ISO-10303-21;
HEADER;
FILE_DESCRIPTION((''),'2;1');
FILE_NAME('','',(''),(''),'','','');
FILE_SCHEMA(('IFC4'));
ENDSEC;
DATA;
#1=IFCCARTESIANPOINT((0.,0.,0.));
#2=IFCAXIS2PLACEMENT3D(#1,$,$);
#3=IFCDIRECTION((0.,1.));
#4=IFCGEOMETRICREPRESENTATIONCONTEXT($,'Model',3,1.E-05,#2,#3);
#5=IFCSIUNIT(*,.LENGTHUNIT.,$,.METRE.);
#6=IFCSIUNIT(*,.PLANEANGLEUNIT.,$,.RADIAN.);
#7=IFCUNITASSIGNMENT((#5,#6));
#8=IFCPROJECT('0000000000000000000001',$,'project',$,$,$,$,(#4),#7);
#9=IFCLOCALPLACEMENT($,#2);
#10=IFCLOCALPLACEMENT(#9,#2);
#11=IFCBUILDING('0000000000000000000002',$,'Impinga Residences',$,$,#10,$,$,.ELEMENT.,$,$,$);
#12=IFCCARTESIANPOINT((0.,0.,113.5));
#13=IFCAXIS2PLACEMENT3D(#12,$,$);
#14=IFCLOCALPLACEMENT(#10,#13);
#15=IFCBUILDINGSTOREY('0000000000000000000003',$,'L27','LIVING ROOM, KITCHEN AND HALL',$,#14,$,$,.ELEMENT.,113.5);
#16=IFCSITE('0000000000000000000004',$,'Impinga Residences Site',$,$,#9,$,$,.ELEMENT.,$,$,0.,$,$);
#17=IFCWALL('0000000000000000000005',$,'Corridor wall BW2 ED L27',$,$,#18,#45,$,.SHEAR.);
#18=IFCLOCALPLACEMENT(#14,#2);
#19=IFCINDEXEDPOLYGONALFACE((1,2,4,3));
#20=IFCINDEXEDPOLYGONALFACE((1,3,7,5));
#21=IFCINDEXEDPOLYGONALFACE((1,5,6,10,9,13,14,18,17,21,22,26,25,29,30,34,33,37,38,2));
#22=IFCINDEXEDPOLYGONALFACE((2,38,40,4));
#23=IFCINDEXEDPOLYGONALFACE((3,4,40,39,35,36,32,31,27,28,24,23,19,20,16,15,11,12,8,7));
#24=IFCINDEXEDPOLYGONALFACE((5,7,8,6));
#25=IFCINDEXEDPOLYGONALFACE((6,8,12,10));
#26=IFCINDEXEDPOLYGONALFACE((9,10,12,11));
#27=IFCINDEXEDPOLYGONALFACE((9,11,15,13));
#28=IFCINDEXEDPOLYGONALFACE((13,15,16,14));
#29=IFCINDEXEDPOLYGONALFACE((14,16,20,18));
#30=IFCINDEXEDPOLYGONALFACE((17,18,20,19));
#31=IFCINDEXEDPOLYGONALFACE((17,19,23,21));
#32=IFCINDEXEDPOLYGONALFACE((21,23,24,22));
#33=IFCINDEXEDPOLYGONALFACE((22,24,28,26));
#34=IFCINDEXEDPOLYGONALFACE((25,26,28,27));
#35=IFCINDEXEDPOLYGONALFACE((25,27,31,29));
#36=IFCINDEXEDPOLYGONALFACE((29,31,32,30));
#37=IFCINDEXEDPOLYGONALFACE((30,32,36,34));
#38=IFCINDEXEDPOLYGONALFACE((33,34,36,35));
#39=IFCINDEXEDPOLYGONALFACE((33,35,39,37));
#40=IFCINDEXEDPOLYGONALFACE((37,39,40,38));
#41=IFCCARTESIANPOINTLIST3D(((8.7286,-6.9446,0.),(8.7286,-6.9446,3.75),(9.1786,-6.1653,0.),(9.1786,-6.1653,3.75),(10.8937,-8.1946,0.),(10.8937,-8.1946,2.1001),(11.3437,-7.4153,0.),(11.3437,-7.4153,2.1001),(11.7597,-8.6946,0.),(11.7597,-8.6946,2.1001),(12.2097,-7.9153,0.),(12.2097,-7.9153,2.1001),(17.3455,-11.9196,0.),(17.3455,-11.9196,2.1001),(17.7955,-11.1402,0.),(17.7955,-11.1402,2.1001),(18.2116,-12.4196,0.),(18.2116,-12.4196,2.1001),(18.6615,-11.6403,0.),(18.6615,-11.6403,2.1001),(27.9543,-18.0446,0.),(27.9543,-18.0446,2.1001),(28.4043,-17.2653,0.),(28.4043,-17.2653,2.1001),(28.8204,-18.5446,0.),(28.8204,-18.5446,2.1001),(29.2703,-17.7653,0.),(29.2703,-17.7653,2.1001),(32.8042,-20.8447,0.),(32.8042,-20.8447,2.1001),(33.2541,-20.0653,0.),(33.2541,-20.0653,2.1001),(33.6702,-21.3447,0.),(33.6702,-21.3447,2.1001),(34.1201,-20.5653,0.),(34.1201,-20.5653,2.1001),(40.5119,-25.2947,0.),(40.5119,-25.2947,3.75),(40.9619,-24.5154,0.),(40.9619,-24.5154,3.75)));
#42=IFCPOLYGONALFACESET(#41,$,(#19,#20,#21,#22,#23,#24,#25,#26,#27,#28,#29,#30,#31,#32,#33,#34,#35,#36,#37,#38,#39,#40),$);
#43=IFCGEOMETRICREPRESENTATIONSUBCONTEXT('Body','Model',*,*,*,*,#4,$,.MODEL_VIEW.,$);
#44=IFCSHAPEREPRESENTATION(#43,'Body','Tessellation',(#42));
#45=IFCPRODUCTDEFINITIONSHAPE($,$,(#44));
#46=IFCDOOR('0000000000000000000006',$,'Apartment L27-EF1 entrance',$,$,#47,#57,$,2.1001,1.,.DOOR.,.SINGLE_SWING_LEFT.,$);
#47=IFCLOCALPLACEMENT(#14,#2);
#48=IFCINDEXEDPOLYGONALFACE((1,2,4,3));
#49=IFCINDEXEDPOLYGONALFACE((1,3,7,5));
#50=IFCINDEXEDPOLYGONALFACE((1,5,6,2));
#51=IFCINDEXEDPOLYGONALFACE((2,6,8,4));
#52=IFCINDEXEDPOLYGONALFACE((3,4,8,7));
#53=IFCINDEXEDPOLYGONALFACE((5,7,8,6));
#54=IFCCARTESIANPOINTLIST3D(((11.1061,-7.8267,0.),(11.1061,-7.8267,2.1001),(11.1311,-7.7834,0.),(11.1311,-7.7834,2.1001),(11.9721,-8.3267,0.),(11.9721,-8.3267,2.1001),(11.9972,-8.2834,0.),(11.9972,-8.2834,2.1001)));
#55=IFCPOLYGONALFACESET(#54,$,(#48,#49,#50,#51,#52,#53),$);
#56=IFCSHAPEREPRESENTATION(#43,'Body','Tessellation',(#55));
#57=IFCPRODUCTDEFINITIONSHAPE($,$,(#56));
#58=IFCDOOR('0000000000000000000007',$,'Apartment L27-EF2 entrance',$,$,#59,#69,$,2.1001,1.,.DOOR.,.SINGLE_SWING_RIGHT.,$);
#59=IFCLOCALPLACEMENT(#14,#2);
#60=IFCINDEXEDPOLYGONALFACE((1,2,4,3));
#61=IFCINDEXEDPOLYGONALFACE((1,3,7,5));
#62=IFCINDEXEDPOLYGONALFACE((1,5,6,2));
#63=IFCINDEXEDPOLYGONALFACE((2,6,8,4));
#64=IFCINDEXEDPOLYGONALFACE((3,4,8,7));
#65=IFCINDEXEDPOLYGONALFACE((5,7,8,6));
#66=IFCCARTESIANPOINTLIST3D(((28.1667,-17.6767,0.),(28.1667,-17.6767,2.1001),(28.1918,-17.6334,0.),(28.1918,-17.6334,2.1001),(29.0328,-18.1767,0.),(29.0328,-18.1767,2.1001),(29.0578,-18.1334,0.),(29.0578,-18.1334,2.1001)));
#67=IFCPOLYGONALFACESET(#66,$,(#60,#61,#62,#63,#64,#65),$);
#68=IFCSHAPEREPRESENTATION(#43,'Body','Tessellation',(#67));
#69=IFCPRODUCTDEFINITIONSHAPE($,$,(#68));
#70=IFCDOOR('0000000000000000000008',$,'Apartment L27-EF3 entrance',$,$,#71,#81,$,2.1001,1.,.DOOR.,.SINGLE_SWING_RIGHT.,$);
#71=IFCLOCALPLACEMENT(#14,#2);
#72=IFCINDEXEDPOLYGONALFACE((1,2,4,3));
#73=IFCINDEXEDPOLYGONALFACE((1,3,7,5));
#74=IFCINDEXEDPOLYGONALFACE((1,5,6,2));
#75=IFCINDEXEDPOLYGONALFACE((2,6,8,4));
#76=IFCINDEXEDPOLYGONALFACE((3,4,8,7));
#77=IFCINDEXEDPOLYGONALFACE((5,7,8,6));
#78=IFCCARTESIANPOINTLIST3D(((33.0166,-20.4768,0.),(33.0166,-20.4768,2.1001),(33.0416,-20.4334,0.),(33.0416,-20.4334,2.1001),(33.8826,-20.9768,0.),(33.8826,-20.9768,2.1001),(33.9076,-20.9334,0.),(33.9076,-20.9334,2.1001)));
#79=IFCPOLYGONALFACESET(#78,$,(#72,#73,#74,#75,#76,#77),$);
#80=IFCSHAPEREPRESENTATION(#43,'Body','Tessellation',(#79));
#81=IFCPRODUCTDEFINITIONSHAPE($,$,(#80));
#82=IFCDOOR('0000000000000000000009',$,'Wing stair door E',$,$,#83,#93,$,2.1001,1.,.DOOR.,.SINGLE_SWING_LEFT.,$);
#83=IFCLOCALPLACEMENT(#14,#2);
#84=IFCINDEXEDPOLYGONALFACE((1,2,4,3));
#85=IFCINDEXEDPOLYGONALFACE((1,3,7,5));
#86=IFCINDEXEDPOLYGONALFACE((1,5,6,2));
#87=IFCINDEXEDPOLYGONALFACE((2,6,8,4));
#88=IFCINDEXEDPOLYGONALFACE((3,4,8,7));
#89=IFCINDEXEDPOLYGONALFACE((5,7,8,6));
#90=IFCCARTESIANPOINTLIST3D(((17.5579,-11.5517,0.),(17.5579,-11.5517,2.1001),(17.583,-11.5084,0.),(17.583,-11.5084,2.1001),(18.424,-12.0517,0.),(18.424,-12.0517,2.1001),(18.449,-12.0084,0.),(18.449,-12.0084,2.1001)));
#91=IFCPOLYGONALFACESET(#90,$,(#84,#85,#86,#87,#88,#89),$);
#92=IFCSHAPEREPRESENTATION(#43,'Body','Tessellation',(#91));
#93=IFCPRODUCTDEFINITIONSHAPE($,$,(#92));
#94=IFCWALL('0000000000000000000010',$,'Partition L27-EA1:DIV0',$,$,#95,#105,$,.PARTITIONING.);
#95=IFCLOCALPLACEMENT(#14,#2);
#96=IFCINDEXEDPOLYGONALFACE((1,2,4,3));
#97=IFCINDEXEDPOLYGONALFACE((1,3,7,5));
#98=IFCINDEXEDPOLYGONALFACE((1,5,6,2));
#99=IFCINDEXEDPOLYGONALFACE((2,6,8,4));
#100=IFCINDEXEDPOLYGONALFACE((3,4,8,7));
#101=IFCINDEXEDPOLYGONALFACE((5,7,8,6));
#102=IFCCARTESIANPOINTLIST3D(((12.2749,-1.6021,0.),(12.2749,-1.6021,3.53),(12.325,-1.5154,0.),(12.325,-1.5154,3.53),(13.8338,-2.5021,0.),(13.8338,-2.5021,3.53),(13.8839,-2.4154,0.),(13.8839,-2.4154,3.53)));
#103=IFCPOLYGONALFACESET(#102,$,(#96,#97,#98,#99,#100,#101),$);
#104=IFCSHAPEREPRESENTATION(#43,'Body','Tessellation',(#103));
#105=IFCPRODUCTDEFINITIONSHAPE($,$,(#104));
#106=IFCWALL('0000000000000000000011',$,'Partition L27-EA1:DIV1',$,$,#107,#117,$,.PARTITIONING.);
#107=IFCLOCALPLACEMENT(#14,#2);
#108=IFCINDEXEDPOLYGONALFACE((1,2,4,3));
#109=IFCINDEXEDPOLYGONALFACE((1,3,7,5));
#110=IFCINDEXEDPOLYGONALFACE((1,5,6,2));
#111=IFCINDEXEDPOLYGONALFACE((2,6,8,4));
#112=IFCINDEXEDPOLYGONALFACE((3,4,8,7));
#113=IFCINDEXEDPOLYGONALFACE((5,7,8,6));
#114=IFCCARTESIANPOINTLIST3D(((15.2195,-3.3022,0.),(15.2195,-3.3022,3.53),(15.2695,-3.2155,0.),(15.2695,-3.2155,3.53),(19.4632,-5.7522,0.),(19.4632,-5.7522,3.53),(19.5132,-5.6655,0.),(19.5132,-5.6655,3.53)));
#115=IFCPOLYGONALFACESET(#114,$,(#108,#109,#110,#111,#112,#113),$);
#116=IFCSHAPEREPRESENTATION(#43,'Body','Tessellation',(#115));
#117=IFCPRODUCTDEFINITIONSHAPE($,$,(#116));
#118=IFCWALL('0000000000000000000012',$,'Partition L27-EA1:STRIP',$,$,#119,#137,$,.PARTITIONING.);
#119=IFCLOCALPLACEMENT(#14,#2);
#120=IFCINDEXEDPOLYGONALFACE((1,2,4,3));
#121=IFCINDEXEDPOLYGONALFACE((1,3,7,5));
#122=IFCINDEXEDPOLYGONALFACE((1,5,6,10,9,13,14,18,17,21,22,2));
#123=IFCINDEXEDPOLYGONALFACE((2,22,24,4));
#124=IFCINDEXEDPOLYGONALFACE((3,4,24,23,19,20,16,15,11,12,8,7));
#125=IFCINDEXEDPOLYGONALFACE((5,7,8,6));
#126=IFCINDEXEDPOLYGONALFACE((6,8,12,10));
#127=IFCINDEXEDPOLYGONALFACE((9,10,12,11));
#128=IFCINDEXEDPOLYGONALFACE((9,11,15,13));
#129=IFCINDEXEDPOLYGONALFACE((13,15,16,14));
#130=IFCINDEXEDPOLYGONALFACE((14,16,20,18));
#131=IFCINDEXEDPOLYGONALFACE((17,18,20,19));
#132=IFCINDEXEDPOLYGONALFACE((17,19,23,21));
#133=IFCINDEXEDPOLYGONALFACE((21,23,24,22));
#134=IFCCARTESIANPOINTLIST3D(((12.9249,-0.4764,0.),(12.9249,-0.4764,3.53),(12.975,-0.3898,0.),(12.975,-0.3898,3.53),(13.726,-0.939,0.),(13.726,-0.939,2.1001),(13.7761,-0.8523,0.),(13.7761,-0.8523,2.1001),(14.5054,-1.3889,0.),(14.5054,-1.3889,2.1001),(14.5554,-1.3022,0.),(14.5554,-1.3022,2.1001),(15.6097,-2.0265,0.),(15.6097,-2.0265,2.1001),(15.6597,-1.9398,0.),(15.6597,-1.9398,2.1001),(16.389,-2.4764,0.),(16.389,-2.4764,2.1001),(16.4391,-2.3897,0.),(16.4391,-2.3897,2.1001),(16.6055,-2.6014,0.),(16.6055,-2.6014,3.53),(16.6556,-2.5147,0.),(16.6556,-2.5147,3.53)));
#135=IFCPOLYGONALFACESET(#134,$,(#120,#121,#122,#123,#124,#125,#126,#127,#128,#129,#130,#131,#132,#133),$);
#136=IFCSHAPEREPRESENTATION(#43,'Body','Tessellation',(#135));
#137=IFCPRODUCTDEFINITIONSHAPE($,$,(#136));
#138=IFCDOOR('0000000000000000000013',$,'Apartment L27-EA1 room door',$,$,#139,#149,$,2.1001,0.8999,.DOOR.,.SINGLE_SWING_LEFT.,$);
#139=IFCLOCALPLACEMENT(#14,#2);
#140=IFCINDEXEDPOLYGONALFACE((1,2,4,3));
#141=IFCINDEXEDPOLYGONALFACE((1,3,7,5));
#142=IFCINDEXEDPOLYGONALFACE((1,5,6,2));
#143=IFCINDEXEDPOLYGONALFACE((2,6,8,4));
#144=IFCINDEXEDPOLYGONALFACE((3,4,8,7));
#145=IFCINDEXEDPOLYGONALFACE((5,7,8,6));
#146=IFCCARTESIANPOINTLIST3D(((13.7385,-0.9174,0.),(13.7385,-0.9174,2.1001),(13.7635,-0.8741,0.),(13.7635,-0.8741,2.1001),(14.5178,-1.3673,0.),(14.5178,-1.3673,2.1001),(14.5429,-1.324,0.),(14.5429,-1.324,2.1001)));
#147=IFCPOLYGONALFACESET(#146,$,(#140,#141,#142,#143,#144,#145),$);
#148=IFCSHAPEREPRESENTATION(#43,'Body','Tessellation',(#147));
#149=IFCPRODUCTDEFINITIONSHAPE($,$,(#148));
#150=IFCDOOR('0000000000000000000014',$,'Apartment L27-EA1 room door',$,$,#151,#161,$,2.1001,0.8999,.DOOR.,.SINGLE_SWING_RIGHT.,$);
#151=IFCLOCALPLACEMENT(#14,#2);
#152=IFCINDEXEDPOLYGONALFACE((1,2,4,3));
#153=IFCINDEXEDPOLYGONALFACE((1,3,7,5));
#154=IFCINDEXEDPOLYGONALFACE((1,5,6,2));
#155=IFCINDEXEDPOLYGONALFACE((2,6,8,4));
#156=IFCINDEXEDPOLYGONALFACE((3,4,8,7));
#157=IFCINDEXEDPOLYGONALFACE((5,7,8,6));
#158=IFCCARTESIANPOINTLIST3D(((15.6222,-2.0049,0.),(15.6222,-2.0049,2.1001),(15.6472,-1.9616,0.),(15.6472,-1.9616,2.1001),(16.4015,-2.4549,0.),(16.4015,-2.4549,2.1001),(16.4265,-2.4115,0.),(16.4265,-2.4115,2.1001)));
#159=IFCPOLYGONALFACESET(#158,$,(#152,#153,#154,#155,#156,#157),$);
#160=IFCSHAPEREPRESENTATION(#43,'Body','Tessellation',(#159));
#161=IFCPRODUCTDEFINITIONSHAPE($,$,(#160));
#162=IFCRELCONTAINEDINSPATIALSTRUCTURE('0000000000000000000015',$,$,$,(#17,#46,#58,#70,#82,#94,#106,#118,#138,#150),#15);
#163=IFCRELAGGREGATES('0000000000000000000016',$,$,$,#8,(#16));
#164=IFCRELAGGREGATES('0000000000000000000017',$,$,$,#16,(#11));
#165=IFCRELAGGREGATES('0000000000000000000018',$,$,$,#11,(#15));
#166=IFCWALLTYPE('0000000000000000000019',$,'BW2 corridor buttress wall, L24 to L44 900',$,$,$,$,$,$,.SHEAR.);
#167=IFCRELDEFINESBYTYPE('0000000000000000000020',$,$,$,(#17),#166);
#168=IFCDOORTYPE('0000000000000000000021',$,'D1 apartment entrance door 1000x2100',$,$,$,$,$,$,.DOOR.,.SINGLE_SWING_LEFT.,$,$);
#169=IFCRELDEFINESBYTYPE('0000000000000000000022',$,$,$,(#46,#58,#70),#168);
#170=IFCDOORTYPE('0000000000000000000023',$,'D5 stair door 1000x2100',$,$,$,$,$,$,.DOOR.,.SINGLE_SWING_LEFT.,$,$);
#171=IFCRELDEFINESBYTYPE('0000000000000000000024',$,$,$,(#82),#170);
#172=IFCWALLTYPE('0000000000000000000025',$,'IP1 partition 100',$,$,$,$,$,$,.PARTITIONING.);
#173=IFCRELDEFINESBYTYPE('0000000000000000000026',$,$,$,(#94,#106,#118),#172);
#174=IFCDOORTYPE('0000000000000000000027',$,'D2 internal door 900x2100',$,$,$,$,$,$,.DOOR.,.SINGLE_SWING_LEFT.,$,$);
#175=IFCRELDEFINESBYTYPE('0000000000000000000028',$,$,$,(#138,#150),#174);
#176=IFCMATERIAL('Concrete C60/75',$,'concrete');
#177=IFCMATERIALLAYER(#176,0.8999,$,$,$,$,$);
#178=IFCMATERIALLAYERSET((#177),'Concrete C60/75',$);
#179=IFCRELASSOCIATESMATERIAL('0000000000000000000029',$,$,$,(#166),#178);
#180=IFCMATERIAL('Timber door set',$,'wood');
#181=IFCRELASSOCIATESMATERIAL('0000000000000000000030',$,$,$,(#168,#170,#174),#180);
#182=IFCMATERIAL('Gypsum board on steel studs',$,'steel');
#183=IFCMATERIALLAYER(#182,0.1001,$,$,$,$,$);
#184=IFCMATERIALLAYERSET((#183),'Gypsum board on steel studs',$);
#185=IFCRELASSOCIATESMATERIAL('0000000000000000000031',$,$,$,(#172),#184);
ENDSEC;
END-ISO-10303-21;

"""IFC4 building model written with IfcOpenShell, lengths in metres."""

from ifc_helpers import new_model, si_unit, direction, frame, frame_2d, origin, place, context, subcontext, project, spatial, rectangle, extrude, material, layer, layer_set, type_object, element, fill, save


model = new_model("IFC4")

# Units and contexts
model_context = context("Model", 3, precision=1e-05, world=origin(), true_north=direction((0.0, 1.0)))
body_context = subcontext(model_context, "Body", "Model", "MODEL_VIEW")
ifc_project = project(units=[si_unit("LENGTHUNIT", "METRE"), si_unit("PLANEANGLEUNIT", "RADIAN")], contexts=[model_context])

# Site, building, storey
site_placement = place(None, origin())
site = spatial("IfcSite", under=ifc_project, at=site_placement, Name="Impinga Residences Site", CompositionType="ELEMENT", RefElevation=0.0)
building_placement = place(site_placement, origin())
building = spatial("IfcBuilding", under=site, at=building_placement, Name="Impinga Residences", CompositionType="ELEMENT")
storey_placement = place(building_placement, frame((0.0, 0.0, 113.5)))
storey = spatial("IfcBuildingStorey", under=building, at=storey_placement, Name="L27", Description="LIVING ROOM, KITCHEN AND HALL", CompositionType="ELEMENT", Elevation=113.5)

# Wall, openings, doors
ifc_material_1 = material(Name="Concrete C60/75", Category="concrete")
ifc_layer_1 = layer(ifc_material_1, 0.8999)
ifc_layer_set_1 = layer_set([ifc_layer_1], Name="Concrete C60/75")
wall_type_1 = type_object("IfcWallType", Name="BW2 corridor buttress wall, L24 to L44 900", PredefinedType="SHEAR", material=ifc_layer_set_1)
ifc_material_2 = material(Name="Timber door set", Category="wood")
door_type_1 = type_object("IfcDoorType", Name="D1 apartment entrance door 1000x2100", OperationType="SINGLE_SWING_LEFT", PredefinedType="DOOR", material=ifc_material_2)
wall_1_placement = place(storey_placement, frame((8.9536, -6.5549, 0.0), z_axis=(0.0, 0.0, 1.0), x_axis=(0.866025, -0.500001, 0.0)))
wall_1 = element("IfcWall", 1, at=wall_1_placement, inside=storey, type_object=wall_type_1, Name="Corridor wall BW2 ED L27", PredefinedType="SHEAR", context=body_context, shape_type="SweptSolid", body=[
    extrude(rectangle(XDim=36.7002, YDim=0.8999, at=frame_2d((18.3501, 0.0))), origin(), (0.0, 0.0, 1.0), 3.75),
])
opening_1_placement = place(wall_1_placement, frame((9.95, 0.0, 0.0)))
opening_1 = element("IfcOpeningElement", 2, at=opening_1_placement, cuts=wall_1, PredefinedType="OPENING", context=body_context, shape_type="SweptSolid", body=[
    extrude(rectangle(XDim=1.0, YDim=2.1001, at=frame_2d((0.5, 1.05))), frame((0.0, 0.46, 0.0), z_axis=(0.0, -1.0, 0.0), x_axis=(1.0, 0.0, 0.0)), (0.0, 0.0, 1.0), 0.9199),
])
opening_2_placement = place(wall_1_placement, frame((2.5, 0.0, 0.0)))
opening_2 = element("IfcOpeningElement", 3, at=opening_2_placement, cuts=wall_1, PredefinedType="OPENING", context=body_context, shape_type="SweptSolid", body=[
    extrude(rectangle(XDim=1.0, YDim=2.1001, at=frame_2d((0.5, 1.05))), frame((0.0, 0.46, 0.0), z_axis=(0.0, -1.0, 0.0), x_axis=(1.0, 0.0, 0.0)), (0.0, 0.0, 1.0), 0.9199),
])
opening_3_placement = place(wall_1_placement, frame((22.2, 0.0, 0.0)))
opening_3 = element("IfcOpeningElement", 4, at=opening_3_placement, cuts=wall_1, PredefinedType="OPENING", context=body_context, shape_type="SweptSolid", body=[
    extrude(rectangle(XDim=1.0, YDim=2.1001, at=frame_2d((0.5, 1.05))), frame((0.0, 0.46, 0.0), z_axis=(0.0, -1.0, 0.0), x_axis=(1.0, 0.0, 0.0)), (0.0, 0.0, 1.0), 0.9199),
])
opening_4_placement = place(wall_1_placement, frame((27.8, 0.0, 0.0)))
opening_4 = element("IfcOpeningElement", 5, at=opening_4_placement, cuts=wall_1, PredefinedType="OPENING", context=body_context, shape_type="SweptSolid", body=[
    extrude(rectangle(XDim=1.0, YDim=2.1001, at=frame_2d((0.5, 1.05))), frame((0.0, 0.46, 0.0), z_axis=(0.0, -1.0, 0.0), x_axis=(1.0, 0.0, 0.0)), (0.0, 0.0, 1.0), 0.9199),
])
door_1_placement = place(opening_2_placement, origin())
door_1 = element("IfcDoor", 6, at=door_1_placement, inside=storey, type_object=door_type_1, Name="Apartment L27-EF1 entrance", OperationType="SINGLE_SWING_LEFT", OverallHeight=2.1001, OverallWidth=1.0, PredefinedType="DOOR", context=body_context, shape_type="SweptSolid", body=[
    extrude(rectangle(XDim=1.0, YDim=2.1001, at=frame_2d((0.5, 1.05))), frame((0.0, 0.0249, 0.0), z_axis=(0.0, -1.0, 0.0), x_axis=(1.0, 0.0, 0.0)), (0.0, 0.0, 1.0), 0.05),
])
fill(opening_2, door_1)
door_2_placement = place(opening_3_placement, origin())
door_2 = element("IfcDoor", 7, at=door_2_placement, inside=storey, type_object=door_type_1, Name="Apartment L27-EF2 entrance", OperationType="SINGLE_SWING_RIGHT", OverallHeight=2.1001, OverallWidth=1.0, PredefinedType="DOOR", context=body_context, shape_type="SweptSolid", body=[
    extrude(rectangle(XDim=1.0, YDim=2.1001, at=frame_2d((0.5, 1.05))), frame((0.0, 0.0249, 0.0), z_axis=(0.0, -1.0, 0.0), x_axis=(1.0, 0.0, 0.0)), (0.0, 0.0, 1.0), 0.05),
])
fill(opening_3, door_2)
door_3_placement = place(opening_4_placement, origin())
door_3 = element("IfcDoor", 8, at=door_3_placement, inside=storey, type_object=door_type_1, Name="Apartment L27-EF3 entrance", OperationType="SINGLE_SWING_RIGHT", OverallHeight=2.1001, OverallWidth=1.0, PredefinedType="DOOR", context=body_context, shape_type="SweptSolid", body=[
    extrude(rectangle(XDim=1.0, YDim=2.1001, at=frame_2d((0.5, 1.05))), frame((0.0, 0.0249, 0.0), z_axis=(0.0, -1.0, 0.0), x_axis=(1.0, 0.0, 0.0)), (0.0, 0.0, 1.0), 0.05),
])
fill(opening_4, door_3)
door_type_2 = type_object("IfcDoorType", Name="D5 stair door 1000x2100", OperationType="SINGLE_SWING_LEFT", PredefinedType="DOOR", material=ifc_material_2)
door_4_placement = place(opening_1_placement, origin())
door_4 = element("IfcDoor", 9, at=door_4_placement, inside=storey, type_object=door_type_2, Name="Wing stair door E", OperationType="SINGLE_SWING_LEFT", OverallHeight=2.1001, OverallWidth=1.0, PredefinedType="DOOR", context=body_context, shape_type="SweptSolid", body=[
    extrude(rectangle(XDim=1.0, YDim=2.1001, at=frame_2d((0.5, 1.05))), frame((0.0, 0.0249, 0.0), z_axis=(0.0, -1.0, 0.0), x_axis=(1.0, 0.0, 0.0)), (0.0, 0.0, 1.0), 0.05),
])
fill(opening_1, door_4)

# Walls
ifc_material_3 = material(Name="Gypsum board on steel studs", Category="steel")
ifc_layer_2 = layer(ifc_material_3, 0.1001)
ifc_layer_set_2 = layer_set([ifc_layer_2], Name="Gypsum board on steel studs")
wall_type_2 = type_object("IfcWallType", Name="IP1 partition 100", PredefinedType="PARTITIONING", material=ifc_layer_set_2)
wall_2_placement = place(storey_placement, frame((12.3, -1.5588, 0.0), z_axis=(0.0, 0.0, 1.0), x_axis=(0.866048, -0.499961, 0.0)))
element("IfcWall", 10, at=wall_2_placement, inside=storey, type_object=wall_type_2, Name="Partition L27-EA1:DIV0", PredefinedType="PARTITIONING", context=body_context, shape_type="SweptSolid", body=[
    extrude(rectangle(XDim=1.8, YDim=0.1001, at=frame_2d((0.8999, 0.0))), origin(), (0.0, 0.0, 1.0), 3.53),
])
wall_3_placement = place(storey_placement, frame((15.2444, -3.2588, 0.0), z_axis=(0.0, 0.0, 1.0), x_axis=(0.866036, -0.499981, 0.0)))
element("IfcWall", 11, at=wall_3_placement, inside=storey, type_object=wall_type_2, Name="Partition L27-EA1:DIV1", PredefinedType="PARTITIONING", context=body_context, shape_type="SweptSolid", body=[
    extrude(rectangle(XDim=4.9001, YDim=0.1001, at=frame_2d((2.4502, 0.0))), origin(), (0.0, 0.0, 1.0), 3.53),
])

# Wall, openings, doors
wall_4_placement = place(storey_placement, frame((12.95, -0.4331, 0.0), z_axis=(0.0, 0.0, 1.0), x_axis=(0.866029, -0.499994, 0.0)))
wall_4 = element("IfcWall", 12, at=wall_4_placement, inside=storey, type_object=wall_type_2, Name="Partition L27-EA1:STRIP", PredefinedType="PARTITIONING", context=body_context, shape_type="SweptSolid", body=[
    extrude(rectangle(XDim=4.25, YDim=0.1001, at=frame_2d((2.125, 0.0))), origin(), (0.0, 0.0, 1.0), 3.53),
])
opening_5_placement = place(wall_4_placement, frame((0.925, 0.0, 0.0)))
opening_5 = element("IfcOpeningElement", 13, at=opening_5_placement, cuts=wall_4, PredefinedType="OPENING", context=body_context, shape_type="SweptSolid", body=[
    extrude(rectangle(XDim=0.8999, YDim=2.1001, at=frame_2d((0.45, 1.05))), frame((0.0, 0.0601, 0.0), z_axis=(0.0, -1.0, 0.0), x_axis=(1.0, 0.0, 0.0)), (0.0, 0.0, 1.0), 0.1201),
])
opening_6_placement = place(wall_4_placement, frame((3.1001, 0.0, 0.0)))
opening_6 = element("IfcOpeningElement", 14, at=opening_6_placement, cuts=wall_4, PredefinedType="OPENING", context=body_context, shape_type="SweptSolid", body=[
    extrude(rectangle(XDim=0.8999, YDim=2.1001, at=frame_2d((0.45, 1.05))), frame((0.0, 0.0601, 0.0), z_axis=(0.0, -1.0, 0.0), x_axis=(1.0, 0.0, 0.0)), (0.0, 0.0, 1.0), 0.1201),
])
door_type_3 = type_object("IfcDoorType", Name="D2 internal door 900x2100", OperationType="SINGLE_SWING_LEFT", PredefinedType="DOOR", material=ifc_material_2)
door_5_placement = place(opening_5_placement, origin())
door_5 = element("IfcDoor", 15, at=door_5_placement, inside=storey, type_object=door_type_3, Name="Apartment L27-EA1 room door", OperationType="SINGLE_SWING_LEFT", OverallHeight=2.1001, OverallWidth=0.8999, PredefinedType="DOOR", context=body_context, shape_type="SweptSolid", body=[
    extrude(rectangle(XDim=0.8999, YDim=2.1001, at=frame_2d((0.45, 1.05))), frame((0.0, 0.0249, 0.0), z_axis=(0.0, -1.0, 0.0), x_axis=(1.0, 0.0, 0.0)), (0.0, 0.0, 1.0), 0.05),
])
fill(opening_5, door_5)
door_6_placement = place(opening_6_placement, origin())
door_6 = element("IfcDoor", 16, at=door_6_placement, inside=storey, type_object=door_type_3, Name="Apartment L27-EA1 room door", OperationType="SINGLE_SWING_RIGHT", OverallHeight=2.1001, OverallWidth=0.8999, PredefinedType="DOOR", context=body_context, shape_type="SweptSolid", body=[
    extrude(rectangle(XDim=0.8999, YDim=2.1001, at=frame_2d((0.45, 1.05))), frame((0.0, 0.0249, 0.0), z_axis=(0.0, -1.0, 0.0), x_axis=(1.0, 0.0, 0.0)), (0.0, 0.0, 1.0), 0.05),
])
fill(opening_6, door_6)

save(model, "model.ifc")
